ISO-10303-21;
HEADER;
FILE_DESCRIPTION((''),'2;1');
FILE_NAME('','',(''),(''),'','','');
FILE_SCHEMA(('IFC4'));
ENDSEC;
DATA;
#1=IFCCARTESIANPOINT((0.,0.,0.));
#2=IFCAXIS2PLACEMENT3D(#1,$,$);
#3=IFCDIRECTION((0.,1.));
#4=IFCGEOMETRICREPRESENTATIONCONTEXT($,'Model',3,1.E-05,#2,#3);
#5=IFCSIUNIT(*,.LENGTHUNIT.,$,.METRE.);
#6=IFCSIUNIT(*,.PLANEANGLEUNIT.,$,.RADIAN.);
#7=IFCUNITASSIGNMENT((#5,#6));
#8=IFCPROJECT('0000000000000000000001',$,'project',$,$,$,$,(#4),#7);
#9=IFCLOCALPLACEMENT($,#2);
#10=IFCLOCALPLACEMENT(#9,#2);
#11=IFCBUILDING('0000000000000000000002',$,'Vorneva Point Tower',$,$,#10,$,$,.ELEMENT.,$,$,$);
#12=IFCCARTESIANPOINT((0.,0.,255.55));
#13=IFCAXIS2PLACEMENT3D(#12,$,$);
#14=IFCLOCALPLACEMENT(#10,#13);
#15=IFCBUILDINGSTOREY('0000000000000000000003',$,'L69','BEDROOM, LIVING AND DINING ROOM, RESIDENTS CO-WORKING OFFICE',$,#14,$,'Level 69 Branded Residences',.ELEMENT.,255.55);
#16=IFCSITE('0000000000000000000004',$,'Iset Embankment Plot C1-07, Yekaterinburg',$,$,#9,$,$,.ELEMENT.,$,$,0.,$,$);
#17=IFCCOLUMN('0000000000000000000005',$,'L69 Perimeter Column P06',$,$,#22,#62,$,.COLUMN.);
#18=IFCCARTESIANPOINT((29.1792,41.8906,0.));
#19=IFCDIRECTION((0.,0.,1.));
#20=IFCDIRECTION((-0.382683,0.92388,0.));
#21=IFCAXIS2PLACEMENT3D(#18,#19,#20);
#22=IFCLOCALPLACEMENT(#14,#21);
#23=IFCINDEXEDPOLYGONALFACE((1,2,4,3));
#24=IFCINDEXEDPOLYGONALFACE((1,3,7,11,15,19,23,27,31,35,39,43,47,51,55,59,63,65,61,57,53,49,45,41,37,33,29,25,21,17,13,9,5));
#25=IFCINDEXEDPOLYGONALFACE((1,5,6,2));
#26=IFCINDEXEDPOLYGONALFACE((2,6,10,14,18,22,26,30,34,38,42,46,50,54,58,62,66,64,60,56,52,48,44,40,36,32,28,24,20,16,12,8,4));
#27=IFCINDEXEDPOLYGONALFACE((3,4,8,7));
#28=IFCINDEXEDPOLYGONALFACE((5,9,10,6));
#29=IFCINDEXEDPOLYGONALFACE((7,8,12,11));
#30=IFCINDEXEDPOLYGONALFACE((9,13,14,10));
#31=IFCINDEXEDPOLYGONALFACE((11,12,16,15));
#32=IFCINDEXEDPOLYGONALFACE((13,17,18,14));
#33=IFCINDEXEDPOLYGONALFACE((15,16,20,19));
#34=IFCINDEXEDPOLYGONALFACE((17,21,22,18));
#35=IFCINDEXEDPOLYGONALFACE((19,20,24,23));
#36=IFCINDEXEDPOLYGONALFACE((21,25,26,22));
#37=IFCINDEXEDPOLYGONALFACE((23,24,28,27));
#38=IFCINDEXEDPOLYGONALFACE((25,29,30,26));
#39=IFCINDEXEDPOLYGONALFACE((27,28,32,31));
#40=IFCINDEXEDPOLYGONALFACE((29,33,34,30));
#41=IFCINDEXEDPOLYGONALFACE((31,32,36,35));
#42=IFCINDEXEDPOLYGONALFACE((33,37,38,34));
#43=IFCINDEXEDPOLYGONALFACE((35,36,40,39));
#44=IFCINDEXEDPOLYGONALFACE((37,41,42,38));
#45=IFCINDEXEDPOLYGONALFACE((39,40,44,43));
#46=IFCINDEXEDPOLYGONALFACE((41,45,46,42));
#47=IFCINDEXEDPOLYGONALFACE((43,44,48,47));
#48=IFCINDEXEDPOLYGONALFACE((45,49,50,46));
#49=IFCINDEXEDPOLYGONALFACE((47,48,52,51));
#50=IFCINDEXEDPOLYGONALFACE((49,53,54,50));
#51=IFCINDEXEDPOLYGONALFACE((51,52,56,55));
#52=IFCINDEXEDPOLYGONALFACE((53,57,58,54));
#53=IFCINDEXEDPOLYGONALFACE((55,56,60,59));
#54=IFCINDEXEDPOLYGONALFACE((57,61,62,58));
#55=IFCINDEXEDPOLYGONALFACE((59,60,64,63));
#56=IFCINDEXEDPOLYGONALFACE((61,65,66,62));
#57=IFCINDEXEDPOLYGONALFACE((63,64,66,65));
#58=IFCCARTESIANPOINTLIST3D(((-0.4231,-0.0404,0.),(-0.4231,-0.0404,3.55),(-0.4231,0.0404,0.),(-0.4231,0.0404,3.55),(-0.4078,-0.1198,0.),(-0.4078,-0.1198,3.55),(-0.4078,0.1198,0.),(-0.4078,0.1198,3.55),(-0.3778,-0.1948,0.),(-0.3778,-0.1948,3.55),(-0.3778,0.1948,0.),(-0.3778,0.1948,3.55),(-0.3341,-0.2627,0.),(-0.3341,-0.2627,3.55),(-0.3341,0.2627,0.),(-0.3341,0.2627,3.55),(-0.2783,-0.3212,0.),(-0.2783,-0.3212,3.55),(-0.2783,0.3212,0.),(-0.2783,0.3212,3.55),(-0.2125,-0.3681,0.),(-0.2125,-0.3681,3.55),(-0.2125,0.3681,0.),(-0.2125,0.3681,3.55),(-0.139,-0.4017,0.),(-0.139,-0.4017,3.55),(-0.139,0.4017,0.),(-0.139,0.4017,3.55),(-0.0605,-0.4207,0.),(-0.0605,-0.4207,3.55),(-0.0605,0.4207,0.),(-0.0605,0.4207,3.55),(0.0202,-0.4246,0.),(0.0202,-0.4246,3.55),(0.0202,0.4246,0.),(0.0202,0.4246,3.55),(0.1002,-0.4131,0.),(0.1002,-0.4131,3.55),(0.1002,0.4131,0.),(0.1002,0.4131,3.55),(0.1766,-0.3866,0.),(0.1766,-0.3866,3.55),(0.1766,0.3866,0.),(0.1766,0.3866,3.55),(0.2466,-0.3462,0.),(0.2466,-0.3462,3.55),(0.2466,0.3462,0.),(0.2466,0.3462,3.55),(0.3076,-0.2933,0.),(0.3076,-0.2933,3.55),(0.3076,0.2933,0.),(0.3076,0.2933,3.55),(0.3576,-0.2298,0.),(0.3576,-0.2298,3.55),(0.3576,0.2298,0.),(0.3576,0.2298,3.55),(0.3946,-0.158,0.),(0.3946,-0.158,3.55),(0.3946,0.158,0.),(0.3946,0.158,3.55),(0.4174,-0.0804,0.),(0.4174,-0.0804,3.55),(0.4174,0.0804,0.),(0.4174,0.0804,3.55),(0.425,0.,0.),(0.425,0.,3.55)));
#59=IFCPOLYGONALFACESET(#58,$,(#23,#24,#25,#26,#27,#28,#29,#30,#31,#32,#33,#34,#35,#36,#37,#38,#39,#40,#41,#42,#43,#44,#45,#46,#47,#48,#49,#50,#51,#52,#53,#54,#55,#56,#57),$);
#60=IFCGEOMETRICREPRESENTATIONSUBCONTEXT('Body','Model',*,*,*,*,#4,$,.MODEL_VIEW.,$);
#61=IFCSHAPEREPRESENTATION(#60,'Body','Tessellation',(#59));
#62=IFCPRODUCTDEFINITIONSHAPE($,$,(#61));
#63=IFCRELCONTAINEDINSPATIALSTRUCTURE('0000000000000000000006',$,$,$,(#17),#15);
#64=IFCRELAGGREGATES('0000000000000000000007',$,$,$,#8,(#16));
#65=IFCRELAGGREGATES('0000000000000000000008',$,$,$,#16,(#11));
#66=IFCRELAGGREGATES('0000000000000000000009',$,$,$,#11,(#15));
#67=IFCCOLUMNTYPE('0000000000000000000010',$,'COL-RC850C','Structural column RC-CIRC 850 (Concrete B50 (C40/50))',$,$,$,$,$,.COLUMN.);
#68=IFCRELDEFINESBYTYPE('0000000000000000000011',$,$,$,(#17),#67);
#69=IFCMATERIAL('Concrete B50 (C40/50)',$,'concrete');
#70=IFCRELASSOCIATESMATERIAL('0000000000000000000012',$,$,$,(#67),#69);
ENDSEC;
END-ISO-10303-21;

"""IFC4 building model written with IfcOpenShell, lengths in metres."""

from ifc_helpers import new_model, si_unit, direction, frame, origin, origin_2d, place, context, subcontext, project, spatial, circle, extrude, material, material_profile, profile_set, type_object, element, save


model = new_model("IFC4")

# Units and contexts
model_context = context("Model", 3, precision=1e-05, world=origin(), true_north=direction((0.0, 1.0)))
body_context = subcontext(model_context, "Body", "Model", "MODEL_VIEW")
ifc_project = project(units=[si_unit("LENGTHUNIT", "METRE"), si_unit("PLANEANGLEUNIT", "RADIAN")], contexts=[model_context])

# Site, building, storey
site_placement = place(None, origin())
site = spatial("IfcSite", under=ifc_project, at=site_placement, Name="Iset Embankment Plot C1-07, Yekaterinburg", CompositionType="ELEMENT", RefElevation=0.0)
building_placement = place(site_placement, origin())
building = spatial("IfcBuilding", under=site, at=building_placement, Name="Vorneva Point Tower", CompositionType="ELEMENT")
storey_placement = place(building_placement, frame((0.0, 0.0, 255.55)))
storey = spatial("IfcBuildingStorey", under=building, at=storey_placement, Name="L69", Description="BEDROOM, LIVING AND DINING ROOM, RESIDENTS CO-WORKING OFFICE", LongName="Level 69 Branded Residences", CompositionType="ELEMENT", Elevation=255.55)

# Column
ifc_material_1 = material(Name="Concrete B50 (C40/50)", Category="concrete")
ifc_material_profile_1 = material_profile(ifc_material_1, circle(Radius=0.425, at=origin_2d()), Name="RC-CIRC 850")
ifc_profile_set_1 = profile_set([ifc_material_profile_1], Name="Concrete B50 (C40/50)")
column_type = type_object("IfcColumnType", Name="COL-RC850C", Description="Structural column RC-CIRC 850 (Concrete B50 (C40/50))", PredefinedType="COLUMN", material=ifc_profile_set_1)
for number, where, z_axis, x_axis, name in (
    (1, (29.1792, 41.8906, 0.0), (0.0, 0.0, 1.0), (-0.382683, 0.92388, 0.0), "L69 Perimeter Column P06"),
):
    element("IfcColumn", number, at=place(storey_placement, frame(where, z_axis=z_axis, x_axis=x_axis)), inside=storey, type_object=column_type, Name=name, PredefinedType="COLUMN", context=body_context, shape_type="SweptSolid", body=[
        extrude(circle(Radius=0.425, at=origin_2d()), origin(), (0.0, 0.0, 1.0), 3.55),
    ])

save(model, "model.ifc")
